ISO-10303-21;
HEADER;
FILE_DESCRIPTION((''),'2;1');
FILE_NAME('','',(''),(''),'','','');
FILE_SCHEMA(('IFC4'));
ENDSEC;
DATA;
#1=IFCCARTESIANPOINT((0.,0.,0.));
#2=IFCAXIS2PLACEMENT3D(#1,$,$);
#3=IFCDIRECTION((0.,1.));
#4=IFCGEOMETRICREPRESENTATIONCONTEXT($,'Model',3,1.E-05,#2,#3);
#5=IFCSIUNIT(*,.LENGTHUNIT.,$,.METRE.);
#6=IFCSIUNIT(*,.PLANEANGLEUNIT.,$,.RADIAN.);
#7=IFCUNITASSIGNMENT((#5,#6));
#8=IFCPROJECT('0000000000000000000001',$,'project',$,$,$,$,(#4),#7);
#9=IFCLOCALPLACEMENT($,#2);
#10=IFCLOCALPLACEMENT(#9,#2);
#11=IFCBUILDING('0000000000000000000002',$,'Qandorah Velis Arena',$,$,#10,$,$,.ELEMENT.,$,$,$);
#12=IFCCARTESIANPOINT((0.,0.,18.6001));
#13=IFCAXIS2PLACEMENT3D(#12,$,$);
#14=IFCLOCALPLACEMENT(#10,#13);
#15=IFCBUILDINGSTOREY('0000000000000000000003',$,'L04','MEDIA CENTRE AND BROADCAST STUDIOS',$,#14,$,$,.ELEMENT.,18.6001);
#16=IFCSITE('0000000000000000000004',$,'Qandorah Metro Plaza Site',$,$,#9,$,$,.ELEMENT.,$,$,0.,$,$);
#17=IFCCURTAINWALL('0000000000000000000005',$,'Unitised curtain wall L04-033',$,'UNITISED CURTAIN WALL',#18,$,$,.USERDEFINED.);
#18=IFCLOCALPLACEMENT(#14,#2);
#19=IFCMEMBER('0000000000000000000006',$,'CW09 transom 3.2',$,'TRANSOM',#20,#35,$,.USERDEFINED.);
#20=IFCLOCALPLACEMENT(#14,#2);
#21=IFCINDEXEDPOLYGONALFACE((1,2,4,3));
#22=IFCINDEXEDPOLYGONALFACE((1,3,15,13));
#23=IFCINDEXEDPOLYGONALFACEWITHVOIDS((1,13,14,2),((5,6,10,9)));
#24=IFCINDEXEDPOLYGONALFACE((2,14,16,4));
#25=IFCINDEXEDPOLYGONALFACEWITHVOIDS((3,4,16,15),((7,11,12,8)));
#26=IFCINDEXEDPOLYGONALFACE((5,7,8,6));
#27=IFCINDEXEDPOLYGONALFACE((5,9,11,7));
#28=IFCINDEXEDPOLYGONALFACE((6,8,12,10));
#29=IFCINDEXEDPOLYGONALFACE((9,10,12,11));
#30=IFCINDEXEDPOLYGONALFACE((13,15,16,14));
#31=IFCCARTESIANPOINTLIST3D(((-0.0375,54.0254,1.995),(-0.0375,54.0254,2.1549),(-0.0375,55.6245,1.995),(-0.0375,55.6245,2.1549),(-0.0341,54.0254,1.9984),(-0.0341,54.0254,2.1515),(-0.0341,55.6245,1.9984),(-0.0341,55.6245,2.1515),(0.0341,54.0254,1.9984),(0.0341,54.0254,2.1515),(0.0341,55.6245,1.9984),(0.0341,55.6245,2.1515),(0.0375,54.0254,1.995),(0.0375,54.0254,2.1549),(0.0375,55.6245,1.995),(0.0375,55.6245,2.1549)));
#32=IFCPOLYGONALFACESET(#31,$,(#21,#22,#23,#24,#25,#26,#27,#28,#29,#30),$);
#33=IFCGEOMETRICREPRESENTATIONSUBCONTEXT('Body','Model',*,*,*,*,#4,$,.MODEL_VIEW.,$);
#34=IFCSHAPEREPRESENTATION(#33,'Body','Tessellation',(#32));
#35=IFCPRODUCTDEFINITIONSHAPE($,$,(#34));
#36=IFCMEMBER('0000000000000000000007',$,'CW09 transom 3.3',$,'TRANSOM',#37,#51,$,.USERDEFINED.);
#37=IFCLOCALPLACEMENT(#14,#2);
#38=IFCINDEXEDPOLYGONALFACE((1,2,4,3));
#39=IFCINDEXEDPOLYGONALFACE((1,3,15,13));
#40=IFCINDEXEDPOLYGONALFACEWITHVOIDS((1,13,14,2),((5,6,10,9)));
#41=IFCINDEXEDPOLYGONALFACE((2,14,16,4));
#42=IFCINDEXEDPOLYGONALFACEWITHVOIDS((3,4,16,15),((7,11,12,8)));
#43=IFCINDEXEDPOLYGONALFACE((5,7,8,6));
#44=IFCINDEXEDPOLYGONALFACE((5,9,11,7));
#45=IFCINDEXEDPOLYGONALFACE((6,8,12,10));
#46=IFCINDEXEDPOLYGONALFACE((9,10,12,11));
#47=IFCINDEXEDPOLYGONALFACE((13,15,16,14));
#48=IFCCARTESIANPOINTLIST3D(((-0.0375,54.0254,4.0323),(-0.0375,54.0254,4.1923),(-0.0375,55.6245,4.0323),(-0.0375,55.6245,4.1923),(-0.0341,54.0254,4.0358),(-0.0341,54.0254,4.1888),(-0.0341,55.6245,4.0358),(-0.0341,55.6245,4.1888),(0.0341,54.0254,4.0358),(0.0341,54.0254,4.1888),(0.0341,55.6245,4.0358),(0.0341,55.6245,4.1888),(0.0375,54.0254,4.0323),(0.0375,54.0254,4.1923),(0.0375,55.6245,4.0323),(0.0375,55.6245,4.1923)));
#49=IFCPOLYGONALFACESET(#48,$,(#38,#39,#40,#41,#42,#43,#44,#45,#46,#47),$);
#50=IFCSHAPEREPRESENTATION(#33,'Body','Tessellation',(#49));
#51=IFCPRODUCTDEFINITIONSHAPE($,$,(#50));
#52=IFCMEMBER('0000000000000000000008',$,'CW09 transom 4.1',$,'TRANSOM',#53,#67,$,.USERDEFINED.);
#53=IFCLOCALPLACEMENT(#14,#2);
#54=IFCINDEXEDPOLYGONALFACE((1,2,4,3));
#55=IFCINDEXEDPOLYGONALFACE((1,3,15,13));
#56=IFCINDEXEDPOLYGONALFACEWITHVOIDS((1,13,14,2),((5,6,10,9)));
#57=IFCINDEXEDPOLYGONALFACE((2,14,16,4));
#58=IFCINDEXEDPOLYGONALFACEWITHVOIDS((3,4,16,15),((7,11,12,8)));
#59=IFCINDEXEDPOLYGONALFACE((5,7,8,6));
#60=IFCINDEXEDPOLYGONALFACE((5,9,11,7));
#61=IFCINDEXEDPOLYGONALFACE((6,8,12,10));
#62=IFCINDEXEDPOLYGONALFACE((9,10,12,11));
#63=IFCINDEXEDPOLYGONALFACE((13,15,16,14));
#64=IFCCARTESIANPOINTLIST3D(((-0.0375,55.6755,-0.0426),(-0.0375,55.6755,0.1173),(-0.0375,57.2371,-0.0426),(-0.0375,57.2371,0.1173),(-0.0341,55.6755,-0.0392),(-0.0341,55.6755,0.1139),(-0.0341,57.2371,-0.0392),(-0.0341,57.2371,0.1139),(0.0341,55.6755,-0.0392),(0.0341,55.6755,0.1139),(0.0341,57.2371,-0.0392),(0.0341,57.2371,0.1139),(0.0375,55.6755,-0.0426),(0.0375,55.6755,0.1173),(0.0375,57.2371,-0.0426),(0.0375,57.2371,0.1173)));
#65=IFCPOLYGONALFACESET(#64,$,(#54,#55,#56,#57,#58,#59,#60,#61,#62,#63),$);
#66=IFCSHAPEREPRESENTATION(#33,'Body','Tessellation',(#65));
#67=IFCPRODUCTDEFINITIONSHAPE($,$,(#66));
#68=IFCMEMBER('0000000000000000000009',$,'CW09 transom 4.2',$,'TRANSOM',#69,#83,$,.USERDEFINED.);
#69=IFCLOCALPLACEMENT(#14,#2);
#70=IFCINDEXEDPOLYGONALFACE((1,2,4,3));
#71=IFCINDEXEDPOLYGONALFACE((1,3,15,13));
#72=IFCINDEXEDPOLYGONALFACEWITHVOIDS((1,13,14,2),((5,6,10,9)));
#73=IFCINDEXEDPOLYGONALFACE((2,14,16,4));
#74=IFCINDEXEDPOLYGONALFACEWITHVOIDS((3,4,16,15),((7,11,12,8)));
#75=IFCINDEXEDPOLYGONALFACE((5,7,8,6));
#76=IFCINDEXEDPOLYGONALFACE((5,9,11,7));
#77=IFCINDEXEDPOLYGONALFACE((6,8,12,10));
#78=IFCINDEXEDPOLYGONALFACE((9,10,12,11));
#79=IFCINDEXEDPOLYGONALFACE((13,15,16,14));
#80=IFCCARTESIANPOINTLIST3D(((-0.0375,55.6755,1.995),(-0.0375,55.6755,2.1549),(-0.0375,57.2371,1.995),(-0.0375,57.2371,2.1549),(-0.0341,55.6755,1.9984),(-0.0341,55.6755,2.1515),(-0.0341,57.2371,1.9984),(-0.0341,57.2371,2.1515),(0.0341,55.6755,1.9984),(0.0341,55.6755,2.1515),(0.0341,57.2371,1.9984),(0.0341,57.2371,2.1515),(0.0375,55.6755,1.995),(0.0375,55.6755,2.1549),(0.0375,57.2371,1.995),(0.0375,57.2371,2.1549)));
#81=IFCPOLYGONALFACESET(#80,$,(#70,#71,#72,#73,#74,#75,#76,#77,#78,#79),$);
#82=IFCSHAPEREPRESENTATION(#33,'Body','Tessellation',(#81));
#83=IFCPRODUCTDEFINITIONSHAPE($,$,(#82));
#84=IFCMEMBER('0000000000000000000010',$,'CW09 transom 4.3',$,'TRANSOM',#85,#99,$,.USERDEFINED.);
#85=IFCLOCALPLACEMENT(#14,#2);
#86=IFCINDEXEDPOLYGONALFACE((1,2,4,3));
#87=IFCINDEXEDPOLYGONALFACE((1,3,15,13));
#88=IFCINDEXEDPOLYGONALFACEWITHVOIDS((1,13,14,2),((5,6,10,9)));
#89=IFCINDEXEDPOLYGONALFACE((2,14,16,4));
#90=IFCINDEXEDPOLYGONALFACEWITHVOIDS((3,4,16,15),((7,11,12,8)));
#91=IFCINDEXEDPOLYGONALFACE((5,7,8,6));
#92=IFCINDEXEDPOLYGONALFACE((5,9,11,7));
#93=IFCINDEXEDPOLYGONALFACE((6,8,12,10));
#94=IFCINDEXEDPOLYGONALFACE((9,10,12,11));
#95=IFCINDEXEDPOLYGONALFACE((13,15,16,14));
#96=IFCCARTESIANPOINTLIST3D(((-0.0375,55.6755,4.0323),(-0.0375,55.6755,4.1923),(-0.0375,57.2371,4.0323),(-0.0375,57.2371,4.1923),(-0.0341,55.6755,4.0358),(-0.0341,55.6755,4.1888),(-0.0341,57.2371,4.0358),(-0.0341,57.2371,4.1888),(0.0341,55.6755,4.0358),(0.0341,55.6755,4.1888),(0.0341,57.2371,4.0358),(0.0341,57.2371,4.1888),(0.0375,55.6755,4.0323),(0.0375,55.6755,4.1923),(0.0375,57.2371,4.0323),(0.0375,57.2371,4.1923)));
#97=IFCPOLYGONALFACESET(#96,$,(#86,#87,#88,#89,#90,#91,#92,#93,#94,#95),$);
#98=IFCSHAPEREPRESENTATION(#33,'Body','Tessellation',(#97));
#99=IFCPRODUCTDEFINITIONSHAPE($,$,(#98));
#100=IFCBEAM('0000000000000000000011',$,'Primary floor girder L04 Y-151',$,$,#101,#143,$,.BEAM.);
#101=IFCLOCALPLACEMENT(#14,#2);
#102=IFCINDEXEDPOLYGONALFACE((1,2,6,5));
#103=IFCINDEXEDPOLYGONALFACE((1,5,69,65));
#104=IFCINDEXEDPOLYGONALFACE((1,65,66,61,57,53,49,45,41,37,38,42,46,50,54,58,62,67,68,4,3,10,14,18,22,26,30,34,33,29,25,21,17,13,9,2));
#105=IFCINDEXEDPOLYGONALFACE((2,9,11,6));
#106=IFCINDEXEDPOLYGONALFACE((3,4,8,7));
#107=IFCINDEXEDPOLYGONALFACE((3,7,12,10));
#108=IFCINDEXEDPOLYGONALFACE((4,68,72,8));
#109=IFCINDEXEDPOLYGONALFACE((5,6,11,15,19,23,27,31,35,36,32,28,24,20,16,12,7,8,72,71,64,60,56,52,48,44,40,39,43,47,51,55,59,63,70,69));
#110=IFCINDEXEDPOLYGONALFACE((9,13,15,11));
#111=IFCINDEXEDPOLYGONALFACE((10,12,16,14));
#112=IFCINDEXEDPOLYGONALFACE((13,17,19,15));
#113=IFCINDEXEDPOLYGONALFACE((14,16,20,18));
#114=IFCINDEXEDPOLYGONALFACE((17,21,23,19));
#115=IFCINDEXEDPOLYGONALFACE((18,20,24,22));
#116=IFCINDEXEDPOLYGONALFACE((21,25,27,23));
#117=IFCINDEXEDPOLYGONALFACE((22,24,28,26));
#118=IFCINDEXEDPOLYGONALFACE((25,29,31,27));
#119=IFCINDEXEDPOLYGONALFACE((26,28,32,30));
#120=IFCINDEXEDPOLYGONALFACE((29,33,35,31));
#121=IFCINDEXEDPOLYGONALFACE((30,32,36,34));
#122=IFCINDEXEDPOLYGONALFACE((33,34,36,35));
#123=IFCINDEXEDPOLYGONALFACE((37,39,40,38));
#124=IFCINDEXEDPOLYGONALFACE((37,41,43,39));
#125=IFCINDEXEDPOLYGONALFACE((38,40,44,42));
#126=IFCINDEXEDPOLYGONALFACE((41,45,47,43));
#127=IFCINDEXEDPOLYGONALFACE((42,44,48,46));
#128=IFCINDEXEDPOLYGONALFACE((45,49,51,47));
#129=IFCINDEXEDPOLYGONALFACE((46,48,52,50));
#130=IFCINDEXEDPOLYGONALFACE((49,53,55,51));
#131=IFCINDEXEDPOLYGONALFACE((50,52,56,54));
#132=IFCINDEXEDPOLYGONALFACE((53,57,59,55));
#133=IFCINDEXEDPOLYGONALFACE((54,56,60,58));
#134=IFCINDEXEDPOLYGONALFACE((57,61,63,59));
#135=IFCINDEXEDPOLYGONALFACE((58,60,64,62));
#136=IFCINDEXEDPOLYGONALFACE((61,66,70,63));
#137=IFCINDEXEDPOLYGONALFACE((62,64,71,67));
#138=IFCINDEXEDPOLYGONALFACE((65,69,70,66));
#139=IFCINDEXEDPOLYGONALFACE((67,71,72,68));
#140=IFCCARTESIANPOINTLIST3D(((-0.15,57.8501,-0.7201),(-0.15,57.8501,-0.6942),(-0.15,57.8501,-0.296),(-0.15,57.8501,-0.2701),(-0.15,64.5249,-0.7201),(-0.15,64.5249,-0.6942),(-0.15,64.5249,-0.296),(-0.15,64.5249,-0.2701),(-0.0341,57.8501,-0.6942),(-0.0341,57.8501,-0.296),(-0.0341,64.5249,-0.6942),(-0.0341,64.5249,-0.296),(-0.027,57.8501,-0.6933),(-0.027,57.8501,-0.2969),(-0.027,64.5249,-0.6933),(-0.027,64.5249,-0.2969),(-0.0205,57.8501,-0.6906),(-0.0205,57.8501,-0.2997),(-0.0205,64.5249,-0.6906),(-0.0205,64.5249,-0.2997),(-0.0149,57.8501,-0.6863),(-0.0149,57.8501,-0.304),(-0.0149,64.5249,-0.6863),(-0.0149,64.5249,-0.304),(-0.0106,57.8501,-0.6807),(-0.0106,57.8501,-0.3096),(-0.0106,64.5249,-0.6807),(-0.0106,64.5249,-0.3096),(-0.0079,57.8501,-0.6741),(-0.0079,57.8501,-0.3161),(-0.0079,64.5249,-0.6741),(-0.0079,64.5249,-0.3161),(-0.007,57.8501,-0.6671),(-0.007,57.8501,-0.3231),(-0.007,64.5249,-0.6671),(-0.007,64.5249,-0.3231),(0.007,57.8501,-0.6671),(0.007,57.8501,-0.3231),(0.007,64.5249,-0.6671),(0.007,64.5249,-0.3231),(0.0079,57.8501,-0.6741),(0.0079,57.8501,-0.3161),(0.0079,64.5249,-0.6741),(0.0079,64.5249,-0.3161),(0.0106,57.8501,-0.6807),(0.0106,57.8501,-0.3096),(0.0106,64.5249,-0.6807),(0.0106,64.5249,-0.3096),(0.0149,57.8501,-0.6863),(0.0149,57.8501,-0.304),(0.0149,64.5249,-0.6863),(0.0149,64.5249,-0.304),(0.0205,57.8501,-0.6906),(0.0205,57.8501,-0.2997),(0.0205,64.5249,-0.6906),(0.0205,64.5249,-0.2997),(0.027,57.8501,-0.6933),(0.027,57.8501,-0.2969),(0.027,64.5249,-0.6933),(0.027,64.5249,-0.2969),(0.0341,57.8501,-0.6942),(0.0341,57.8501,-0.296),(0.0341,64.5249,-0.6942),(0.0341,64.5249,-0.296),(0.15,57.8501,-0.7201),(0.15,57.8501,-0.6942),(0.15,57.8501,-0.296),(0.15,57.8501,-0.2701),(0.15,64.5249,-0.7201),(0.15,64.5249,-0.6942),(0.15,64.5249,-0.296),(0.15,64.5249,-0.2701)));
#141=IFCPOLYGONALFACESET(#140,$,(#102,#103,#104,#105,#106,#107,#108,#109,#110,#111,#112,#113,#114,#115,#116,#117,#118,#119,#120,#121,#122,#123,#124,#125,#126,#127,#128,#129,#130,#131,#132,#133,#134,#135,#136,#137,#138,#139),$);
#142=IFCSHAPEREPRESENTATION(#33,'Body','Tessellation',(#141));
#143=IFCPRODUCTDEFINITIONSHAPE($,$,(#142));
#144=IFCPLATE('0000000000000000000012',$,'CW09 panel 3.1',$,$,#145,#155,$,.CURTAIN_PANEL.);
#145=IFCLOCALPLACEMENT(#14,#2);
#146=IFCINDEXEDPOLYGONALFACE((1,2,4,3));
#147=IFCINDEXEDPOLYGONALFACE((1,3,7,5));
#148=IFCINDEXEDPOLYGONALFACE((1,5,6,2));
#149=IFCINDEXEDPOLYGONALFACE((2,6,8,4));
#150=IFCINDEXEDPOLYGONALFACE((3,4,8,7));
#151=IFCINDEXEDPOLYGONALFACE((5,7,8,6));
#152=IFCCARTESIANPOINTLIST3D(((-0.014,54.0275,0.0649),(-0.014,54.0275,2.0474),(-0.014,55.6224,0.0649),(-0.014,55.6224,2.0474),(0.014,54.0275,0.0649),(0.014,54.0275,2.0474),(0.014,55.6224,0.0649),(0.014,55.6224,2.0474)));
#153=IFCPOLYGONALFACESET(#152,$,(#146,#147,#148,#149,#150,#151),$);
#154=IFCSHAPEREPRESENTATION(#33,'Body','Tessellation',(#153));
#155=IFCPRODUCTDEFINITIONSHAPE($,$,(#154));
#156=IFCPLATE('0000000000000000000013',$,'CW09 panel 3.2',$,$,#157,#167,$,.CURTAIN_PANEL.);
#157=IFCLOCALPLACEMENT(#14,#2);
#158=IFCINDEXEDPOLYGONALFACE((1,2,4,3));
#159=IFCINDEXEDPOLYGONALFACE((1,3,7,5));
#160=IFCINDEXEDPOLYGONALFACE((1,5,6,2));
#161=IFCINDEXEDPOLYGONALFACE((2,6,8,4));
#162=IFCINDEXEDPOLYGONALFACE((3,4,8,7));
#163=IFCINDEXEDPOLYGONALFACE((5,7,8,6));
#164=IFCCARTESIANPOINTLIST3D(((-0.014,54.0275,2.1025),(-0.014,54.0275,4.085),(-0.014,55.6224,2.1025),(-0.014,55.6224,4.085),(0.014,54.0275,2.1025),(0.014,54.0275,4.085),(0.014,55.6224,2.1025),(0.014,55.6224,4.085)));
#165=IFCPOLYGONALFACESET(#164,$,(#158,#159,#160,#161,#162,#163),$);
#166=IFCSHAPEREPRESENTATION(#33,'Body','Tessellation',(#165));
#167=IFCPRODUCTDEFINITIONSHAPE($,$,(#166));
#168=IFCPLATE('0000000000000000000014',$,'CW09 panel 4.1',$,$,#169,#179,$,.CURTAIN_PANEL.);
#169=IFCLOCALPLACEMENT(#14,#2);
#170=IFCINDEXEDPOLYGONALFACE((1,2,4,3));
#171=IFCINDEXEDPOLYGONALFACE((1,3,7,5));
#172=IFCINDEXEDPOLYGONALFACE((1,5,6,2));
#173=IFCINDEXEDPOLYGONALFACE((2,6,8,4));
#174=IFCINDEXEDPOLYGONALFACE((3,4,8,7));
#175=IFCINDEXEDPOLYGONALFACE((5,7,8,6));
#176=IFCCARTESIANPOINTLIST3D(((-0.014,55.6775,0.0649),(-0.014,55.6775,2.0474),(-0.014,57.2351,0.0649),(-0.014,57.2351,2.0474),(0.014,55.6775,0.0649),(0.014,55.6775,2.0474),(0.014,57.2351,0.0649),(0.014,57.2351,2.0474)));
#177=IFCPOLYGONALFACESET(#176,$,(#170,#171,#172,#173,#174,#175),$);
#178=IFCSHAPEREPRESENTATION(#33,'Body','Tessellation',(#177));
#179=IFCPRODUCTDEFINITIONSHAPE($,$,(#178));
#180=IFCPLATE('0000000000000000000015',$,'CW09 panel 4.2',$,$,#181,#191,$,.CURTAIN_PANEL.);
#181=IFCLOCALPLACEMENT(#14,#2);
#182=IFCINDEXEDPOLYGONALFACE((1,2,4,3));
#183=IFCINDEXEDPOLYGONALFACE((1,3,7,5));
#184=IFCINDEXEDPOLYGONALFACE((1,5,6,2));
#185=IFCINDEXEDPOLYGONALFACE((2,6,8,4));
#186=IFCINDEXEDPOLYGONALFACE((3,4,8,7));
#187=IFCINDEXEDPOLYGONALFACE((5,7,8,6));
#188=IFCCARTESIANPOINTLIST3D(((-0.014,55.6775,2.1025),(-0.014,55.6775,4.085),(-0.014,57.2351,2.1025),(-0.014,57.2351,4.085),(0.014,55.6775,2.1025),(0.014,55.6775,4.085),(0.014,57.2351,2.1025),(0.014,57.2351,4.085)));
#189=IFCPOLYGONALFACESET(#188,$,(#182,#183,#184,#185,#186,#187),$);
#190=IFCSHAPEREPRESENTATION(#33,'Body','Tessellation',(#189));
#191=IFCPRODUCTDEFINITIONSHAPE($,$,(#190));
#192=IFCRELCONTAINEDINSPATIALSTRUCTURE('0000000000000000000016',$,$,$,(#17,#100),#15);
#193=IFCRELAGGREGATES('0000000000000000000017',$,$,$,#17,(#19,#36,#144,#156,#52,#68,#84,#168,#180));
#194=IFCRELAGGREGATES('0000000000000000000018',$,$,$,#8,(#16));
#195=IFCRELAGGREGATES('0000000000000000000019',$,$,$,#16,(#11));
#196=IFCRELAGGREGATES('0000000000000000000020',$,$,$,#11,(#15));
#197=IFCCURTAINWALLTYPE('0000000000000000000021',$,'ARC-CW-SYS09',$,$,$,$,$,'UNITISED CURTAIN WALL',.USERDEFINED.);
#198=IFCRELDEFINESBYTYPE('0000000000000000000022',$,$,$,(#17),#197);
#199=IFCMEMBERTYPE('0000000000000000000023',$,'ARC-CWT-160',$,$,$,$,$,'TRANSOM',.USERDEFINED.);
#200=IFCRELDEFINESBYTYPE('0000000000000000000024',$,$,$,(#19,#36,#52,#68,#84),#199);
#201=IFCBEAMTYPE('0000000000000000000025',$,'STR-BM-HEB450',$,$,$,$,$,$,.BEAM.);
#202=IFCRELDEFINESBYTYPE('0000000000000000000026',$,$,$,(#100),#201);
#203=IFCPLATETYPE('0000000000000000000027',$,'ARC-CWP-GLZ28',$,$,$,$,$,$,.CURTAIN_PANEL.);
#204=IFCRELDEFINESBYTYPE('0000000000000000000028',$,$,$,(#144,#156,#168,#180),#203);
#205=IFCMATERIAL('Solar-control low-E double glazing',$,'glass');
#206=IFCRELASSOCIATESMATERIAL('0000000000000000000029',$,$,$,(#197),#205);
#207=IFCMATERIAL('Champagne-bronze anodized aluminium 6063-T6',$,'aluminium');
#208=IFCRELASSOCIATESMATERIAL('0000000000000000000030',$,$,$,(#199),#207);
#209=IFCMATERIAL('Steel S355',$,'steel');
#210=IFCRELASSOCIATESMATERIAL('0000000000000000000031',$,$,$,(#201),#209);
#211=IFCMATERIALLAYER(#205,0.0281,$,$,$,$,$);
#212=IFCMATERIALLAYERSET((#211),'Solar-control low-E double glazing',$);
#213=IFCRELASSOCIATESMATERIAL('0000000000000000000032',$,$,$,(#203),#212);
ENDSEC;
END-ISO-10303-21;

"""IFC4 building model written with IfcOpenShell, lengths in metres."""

from ifc_helpers import new_model, si_unit, direction, frame, origin, origin_2d, place, context, subcontext, project, spatial, rectangle, hollow_rectangle, i_section, extrude, material, layer, layer_set, material_profile, profile_set, type_object, element, aggregate, save


model = new_model("IFC4")

# Units and contexts
model_context = context("Model", 3, precision=1e-05, world=origin(), true_north=direction((0.0, 1.0)))
body_context = subcontext(model_context, "Body", "Model", "MODEL_VIEW")
ifc_project = project(units=[si_unit("LENGTHUNIT", "METRE"), si_unit("PLANEANGLEUNIT", "RADIAN")], contexts=[model_context])

# Site, building, storey
site_placement = place(None, origin())
site = spatial("IfcSite", under=ifc_project, at=site_placement, Name="Qandorah Metro Plaza Site", CompositionType="ELEMENT", RefElevation=0.0)
building_placement = place(site_placement, origin())
building = spatial("IfcBuilding", under=site, at=building_placement, Name="Qandorah Velis Arena", CompositionType="ELEMENT")
storey_placement = place(building_placement, frame((0.0, 0.0, 18.6001)))
storey = spatial("IfcBuildingStorey", under=building, at=storey_placement, Name="L04", Description="MEDIA CENTRE AND BROADCAST STUDIOS", CompositionType="ELEMENT", Elevation=18.6001)

# Shared definitions
ifc_material_1 = material(Name="Steel S355", Category="steel")

# Shared definitions
ifc_material_2 = material(Name="Solar-control low-E double glazing", Category="glass")
ifc_material_3 = material(Name="Champagne-bronze anodized aluminium 6063-T6", Category="aluminium")

# Curtain wall
curtain_wall_type_1 = type_object("IfcCurtainWallType", Name="ARC-CW-SYS09", ElementType="UNITISED CURTAIN WALL", PredefinedType="USERDEFINED", material=ifc_material_2)
curtain_wall_1_placement = place(storey_placement, origin())
curtain_wall_1 = element("IfcCurtainWall", 1, at=curtain_wall_1_placement, inside=storey, type_object=curtain_wall_type_1, Name="Unitised curtain wall L04-033", ObjectType="UNITISED CURTAIN WALL", PredefinedType="USERDEFINED")

# Members
ifc_material_profile_1 = material_profile(ifc_material_3, hollow_rectangle(XDim=0.075, YDim=0.1599, WallThickness=0.0034, at=origin_2d()), Name="ALU TRANSOM 75x160")
ifc_profile_set_1 = profile_set([ifc_material_profile_1], Name="Champagne-bronze anodized aluminium 6063-T6")
member_type_1 = type_object("IfcMemberType", Name="ARC-CWT-160", ElementType="TRANSOM", PredefinedType="USERDEFINED", material=ifc_profile_set_1)
member_1_placement = place(storey_placement, frame((0.0, 54.0254, 2.075), z_axis=(0.0, 1.0, 0.0), x_axis=(-1.0, 0.0, 0.0)))
member_1 = element("IfcMember", 2, at=member_1_placement, type_object=member_type_1, Name="CW09 transom 3.2", ObjectType="TRANSOM", PredefinedType="USERDEFINED", context=body_context, shape_type="SweptSolid", body=[
    extrude(hollow_rectangle(XDim=0.075, YDim=0.1599, WallThickness=0.0034, at=origin_2d()), origin(), (0.0, 0.0, 1.0), 1.5991),
])
member_2_placement = place(storey_placement, frame((0.0, 54.0254, 4.1123), z_axis=(0.0, 1.0, 0.0), x_axis=(-1.0, 0.0, 0.0)))
member_2 = element("IfcMember", 3, at=member_2_placement, type_object=member_type_1, Name="CW09 transom 3.3", ObjectType="TRANSOM", PredefinedType="USERDEFINED", context=body_context, shape_type="SweptSolid", body=[
    extrude(hollow_rectangle(XDim=0.075, YDim=0.1599, WallThickness=0.0034, at=origin_2d()), origin(), (0.0, 0.0, 1.0), 1.5991),
])
member_3_placement = place(storey_placement, frame((0.0, 55.6755, 0.0374), z_axis=(0.0, 1.0, 0.0), x_axis=(-1.0, 0.0, 0.0)))
member_3 = element("IfcMember", 4, at=member_3_placement, type_object=member_type_1, Name="CW09 transom 4.1", ObjectType="TRANSOM", PredefinedType="USERDEFINED", context=body_context, shape_type="SweptSolid", body=[
    extrude(hollow_rectangle(XDim=0.075, YDim=0.1599, WallThickness=0.0034, at=origin_2d()), origin(), (0.0, 0.0, 1.0), 1.5615),
])
member_4_placement = place(storey_placement, frame((0.0, 55.6755, 2.075), z_axis=(0.0, 1.0, 0.0), x_axis=(-1.0, 0.0, 0.0)))
member_4 = element("IfcMember", 5, at=member_4_placement, type_object=member_type_1, Name="CW09 transom 4.2", ObjectType="TRANSOM", PredefinedType="USERDEFINED", context=body_context, shape_type="SweptSolid", body=[
    extrude(hollow_rectangle(XDim=0.075, YDim=0.1599, WallThickness=0.0034, at=origin_2d()), origin(), (0.0, 0.0, 1.0), 1.5615),
])
member_5_placement = place(storey_placement, frame((0.0, 55.6755, 4.1123), z_axis=(0.0, 1.0, 0.0), x_axis=(-1.0, 0.0, 0.0)))
member_5 = element("IfcMember", 6, at=member_5_placement, type_object=member_type_1, Name="CW09 transom 4.3", ObjectType="TRANSOM", PredefinedType="USERDEFINED", context=body_context, shape_type="SweptSolid", body=[
    extrude(hollow_rectangle(XDim=0.075, YDim=0.1599, WallThickness=0.0034, at=origin_2d()), origin(), (0.0, 0.0, 1.0), 1.5615),
])

# Beam
ifc_material_profile_2 = material_profile(ifc_material_1, i_section(OverallWidth=0.3, OverallDepth=0.45, WebThickness=0.0139, FlangeThickness=0.0259, FilletRadius=0.0271, at=origin_2d()), Name="HEB 450")
ifc_profile_set_2 = profile_set([ifc_material_profile_2], Name="Steel S355")
beam_type = type_object("IfcBeamType", Name="STR-BM-HEB450", PredefinedType="BEAM", material=ifc_profile_set_2)
beam_placement = place(storey_placement, frame((0.0, 57.8501, -0.4951), z_axis=(0.0, 1.0, 0.0), x_axis=(-1.0, 0.0, 0.0)))
element("IfcBeam", 7, at=beam_placement, inside=storey, type_object=beam_type, Name="Primary floor girder L04 Y-151", PredefinedType="BEAM", context=body_context, shape_type="SweptSolid", body=[
    extrude(i_section(OverallWidth=0.3, OverallDepth=0.45, WebThickness=0.0139, FlangeThickness=0.0259, FilletRadius=0.0271, at=origin_2d()), origin(), (0.0, 0.0, 1.0), 6.6748),
])

# Plates
ifc_layer_1 = layer(ifc_material_2, 0.0281)
ifc_layer_set_1 = layer_set([ifc_layer_1], Name="Solar-control low-E double glazing")
plate_type = type_object("IfcPlateType", Name="ARC-CWP-GLZ28", PredefinedType="CURTAIN_PANEL", material=ifc_layer_set_1)
plate_1_placement = place(storey_placement, frame((0.0, 54.825, 0.0649), z_axis=(0.0, 0.0, 1.0), x_axis=(0.0, 1.0, 0.0)))
plate_1 = element("IfcPlate", 8, at=plate_1_placement, type_object=plate_type, Name="CW09 panel 3.1", PredefinedType="CURTAIN_PANEL", context=body_context, shape_type="SweptSolid", body=[
    extrude(rectangle(XDim=1.595, YDim=0.0281, at=origin_2d()), origin(), (0.0, 0.0, 1.0), 1.9824),
])
plate_2_placement = place(storey_placement, frame((0.0, 54.825, 2.1025), z_axis=(0.0, 0.0, 1.0), x_axis=(0.0, 1.0, 0.0)))
plate_2 = element("IfcPlate", 9, at=plate_2_placement, type_object=plate_type, Name="CW09 panel 3.2", PredefinedType="CURTAIN_PANEL", context=body_context, shape_type="SweptSolid", body=[
    extrude(rectangle(XDim=1.595, YDim=0.0281, at=origin_2d()), origin(), (0.0, 0.0, 1.0), 1.9824),
])
plate_3_placement = place(storey_placement, frame((0.0, 56.4563, 0.0649), z_axis=(0.0, 0.0, 1.0), x_axis=(0.0, 1.0, 0.0)))
plate_3 = element("IfcPlate", 10, at=plate_3_placement, type_object=plate_type, Name="CW09 panel 4.1", PredefinedType="CURTAIN_PANEL", context=body_context, shape_type="SweptSolid", body=[
    extrude(rectangle(XDim=1.5576, YDim=0.0281, at=origin_2d()), origin(), (0.0, 0.0, 1.0), 1.9824),
])
plate_4_placement = place(storey_placement, frame((0.0, 56.4563, 2.1025), z_axis=(0.0, 0.0, 1.0), x_axis=(0.0, 1.0, 0.0)))
plate_4 = element("IfcPlate", 11, at=plate_4_placement, type_object=plate_type, Name="CW09 panel 4.2", PredefinedType="CURTAIN_PANEL", context=body_context, shape_type="SweptSolid", body=[
    extrude(rectangle(XDim=1.5576, YDim=0.0281, at=origin_2d()), origin(), (0.0, 0.0, 1.0), 1.9824),
])
aggregate(curtain_wall_1, [member_1, member_2, plate_1, plate_2, member_3, member_4, member_5, plate_3, plate_4])

save(model, "model.ifc")
